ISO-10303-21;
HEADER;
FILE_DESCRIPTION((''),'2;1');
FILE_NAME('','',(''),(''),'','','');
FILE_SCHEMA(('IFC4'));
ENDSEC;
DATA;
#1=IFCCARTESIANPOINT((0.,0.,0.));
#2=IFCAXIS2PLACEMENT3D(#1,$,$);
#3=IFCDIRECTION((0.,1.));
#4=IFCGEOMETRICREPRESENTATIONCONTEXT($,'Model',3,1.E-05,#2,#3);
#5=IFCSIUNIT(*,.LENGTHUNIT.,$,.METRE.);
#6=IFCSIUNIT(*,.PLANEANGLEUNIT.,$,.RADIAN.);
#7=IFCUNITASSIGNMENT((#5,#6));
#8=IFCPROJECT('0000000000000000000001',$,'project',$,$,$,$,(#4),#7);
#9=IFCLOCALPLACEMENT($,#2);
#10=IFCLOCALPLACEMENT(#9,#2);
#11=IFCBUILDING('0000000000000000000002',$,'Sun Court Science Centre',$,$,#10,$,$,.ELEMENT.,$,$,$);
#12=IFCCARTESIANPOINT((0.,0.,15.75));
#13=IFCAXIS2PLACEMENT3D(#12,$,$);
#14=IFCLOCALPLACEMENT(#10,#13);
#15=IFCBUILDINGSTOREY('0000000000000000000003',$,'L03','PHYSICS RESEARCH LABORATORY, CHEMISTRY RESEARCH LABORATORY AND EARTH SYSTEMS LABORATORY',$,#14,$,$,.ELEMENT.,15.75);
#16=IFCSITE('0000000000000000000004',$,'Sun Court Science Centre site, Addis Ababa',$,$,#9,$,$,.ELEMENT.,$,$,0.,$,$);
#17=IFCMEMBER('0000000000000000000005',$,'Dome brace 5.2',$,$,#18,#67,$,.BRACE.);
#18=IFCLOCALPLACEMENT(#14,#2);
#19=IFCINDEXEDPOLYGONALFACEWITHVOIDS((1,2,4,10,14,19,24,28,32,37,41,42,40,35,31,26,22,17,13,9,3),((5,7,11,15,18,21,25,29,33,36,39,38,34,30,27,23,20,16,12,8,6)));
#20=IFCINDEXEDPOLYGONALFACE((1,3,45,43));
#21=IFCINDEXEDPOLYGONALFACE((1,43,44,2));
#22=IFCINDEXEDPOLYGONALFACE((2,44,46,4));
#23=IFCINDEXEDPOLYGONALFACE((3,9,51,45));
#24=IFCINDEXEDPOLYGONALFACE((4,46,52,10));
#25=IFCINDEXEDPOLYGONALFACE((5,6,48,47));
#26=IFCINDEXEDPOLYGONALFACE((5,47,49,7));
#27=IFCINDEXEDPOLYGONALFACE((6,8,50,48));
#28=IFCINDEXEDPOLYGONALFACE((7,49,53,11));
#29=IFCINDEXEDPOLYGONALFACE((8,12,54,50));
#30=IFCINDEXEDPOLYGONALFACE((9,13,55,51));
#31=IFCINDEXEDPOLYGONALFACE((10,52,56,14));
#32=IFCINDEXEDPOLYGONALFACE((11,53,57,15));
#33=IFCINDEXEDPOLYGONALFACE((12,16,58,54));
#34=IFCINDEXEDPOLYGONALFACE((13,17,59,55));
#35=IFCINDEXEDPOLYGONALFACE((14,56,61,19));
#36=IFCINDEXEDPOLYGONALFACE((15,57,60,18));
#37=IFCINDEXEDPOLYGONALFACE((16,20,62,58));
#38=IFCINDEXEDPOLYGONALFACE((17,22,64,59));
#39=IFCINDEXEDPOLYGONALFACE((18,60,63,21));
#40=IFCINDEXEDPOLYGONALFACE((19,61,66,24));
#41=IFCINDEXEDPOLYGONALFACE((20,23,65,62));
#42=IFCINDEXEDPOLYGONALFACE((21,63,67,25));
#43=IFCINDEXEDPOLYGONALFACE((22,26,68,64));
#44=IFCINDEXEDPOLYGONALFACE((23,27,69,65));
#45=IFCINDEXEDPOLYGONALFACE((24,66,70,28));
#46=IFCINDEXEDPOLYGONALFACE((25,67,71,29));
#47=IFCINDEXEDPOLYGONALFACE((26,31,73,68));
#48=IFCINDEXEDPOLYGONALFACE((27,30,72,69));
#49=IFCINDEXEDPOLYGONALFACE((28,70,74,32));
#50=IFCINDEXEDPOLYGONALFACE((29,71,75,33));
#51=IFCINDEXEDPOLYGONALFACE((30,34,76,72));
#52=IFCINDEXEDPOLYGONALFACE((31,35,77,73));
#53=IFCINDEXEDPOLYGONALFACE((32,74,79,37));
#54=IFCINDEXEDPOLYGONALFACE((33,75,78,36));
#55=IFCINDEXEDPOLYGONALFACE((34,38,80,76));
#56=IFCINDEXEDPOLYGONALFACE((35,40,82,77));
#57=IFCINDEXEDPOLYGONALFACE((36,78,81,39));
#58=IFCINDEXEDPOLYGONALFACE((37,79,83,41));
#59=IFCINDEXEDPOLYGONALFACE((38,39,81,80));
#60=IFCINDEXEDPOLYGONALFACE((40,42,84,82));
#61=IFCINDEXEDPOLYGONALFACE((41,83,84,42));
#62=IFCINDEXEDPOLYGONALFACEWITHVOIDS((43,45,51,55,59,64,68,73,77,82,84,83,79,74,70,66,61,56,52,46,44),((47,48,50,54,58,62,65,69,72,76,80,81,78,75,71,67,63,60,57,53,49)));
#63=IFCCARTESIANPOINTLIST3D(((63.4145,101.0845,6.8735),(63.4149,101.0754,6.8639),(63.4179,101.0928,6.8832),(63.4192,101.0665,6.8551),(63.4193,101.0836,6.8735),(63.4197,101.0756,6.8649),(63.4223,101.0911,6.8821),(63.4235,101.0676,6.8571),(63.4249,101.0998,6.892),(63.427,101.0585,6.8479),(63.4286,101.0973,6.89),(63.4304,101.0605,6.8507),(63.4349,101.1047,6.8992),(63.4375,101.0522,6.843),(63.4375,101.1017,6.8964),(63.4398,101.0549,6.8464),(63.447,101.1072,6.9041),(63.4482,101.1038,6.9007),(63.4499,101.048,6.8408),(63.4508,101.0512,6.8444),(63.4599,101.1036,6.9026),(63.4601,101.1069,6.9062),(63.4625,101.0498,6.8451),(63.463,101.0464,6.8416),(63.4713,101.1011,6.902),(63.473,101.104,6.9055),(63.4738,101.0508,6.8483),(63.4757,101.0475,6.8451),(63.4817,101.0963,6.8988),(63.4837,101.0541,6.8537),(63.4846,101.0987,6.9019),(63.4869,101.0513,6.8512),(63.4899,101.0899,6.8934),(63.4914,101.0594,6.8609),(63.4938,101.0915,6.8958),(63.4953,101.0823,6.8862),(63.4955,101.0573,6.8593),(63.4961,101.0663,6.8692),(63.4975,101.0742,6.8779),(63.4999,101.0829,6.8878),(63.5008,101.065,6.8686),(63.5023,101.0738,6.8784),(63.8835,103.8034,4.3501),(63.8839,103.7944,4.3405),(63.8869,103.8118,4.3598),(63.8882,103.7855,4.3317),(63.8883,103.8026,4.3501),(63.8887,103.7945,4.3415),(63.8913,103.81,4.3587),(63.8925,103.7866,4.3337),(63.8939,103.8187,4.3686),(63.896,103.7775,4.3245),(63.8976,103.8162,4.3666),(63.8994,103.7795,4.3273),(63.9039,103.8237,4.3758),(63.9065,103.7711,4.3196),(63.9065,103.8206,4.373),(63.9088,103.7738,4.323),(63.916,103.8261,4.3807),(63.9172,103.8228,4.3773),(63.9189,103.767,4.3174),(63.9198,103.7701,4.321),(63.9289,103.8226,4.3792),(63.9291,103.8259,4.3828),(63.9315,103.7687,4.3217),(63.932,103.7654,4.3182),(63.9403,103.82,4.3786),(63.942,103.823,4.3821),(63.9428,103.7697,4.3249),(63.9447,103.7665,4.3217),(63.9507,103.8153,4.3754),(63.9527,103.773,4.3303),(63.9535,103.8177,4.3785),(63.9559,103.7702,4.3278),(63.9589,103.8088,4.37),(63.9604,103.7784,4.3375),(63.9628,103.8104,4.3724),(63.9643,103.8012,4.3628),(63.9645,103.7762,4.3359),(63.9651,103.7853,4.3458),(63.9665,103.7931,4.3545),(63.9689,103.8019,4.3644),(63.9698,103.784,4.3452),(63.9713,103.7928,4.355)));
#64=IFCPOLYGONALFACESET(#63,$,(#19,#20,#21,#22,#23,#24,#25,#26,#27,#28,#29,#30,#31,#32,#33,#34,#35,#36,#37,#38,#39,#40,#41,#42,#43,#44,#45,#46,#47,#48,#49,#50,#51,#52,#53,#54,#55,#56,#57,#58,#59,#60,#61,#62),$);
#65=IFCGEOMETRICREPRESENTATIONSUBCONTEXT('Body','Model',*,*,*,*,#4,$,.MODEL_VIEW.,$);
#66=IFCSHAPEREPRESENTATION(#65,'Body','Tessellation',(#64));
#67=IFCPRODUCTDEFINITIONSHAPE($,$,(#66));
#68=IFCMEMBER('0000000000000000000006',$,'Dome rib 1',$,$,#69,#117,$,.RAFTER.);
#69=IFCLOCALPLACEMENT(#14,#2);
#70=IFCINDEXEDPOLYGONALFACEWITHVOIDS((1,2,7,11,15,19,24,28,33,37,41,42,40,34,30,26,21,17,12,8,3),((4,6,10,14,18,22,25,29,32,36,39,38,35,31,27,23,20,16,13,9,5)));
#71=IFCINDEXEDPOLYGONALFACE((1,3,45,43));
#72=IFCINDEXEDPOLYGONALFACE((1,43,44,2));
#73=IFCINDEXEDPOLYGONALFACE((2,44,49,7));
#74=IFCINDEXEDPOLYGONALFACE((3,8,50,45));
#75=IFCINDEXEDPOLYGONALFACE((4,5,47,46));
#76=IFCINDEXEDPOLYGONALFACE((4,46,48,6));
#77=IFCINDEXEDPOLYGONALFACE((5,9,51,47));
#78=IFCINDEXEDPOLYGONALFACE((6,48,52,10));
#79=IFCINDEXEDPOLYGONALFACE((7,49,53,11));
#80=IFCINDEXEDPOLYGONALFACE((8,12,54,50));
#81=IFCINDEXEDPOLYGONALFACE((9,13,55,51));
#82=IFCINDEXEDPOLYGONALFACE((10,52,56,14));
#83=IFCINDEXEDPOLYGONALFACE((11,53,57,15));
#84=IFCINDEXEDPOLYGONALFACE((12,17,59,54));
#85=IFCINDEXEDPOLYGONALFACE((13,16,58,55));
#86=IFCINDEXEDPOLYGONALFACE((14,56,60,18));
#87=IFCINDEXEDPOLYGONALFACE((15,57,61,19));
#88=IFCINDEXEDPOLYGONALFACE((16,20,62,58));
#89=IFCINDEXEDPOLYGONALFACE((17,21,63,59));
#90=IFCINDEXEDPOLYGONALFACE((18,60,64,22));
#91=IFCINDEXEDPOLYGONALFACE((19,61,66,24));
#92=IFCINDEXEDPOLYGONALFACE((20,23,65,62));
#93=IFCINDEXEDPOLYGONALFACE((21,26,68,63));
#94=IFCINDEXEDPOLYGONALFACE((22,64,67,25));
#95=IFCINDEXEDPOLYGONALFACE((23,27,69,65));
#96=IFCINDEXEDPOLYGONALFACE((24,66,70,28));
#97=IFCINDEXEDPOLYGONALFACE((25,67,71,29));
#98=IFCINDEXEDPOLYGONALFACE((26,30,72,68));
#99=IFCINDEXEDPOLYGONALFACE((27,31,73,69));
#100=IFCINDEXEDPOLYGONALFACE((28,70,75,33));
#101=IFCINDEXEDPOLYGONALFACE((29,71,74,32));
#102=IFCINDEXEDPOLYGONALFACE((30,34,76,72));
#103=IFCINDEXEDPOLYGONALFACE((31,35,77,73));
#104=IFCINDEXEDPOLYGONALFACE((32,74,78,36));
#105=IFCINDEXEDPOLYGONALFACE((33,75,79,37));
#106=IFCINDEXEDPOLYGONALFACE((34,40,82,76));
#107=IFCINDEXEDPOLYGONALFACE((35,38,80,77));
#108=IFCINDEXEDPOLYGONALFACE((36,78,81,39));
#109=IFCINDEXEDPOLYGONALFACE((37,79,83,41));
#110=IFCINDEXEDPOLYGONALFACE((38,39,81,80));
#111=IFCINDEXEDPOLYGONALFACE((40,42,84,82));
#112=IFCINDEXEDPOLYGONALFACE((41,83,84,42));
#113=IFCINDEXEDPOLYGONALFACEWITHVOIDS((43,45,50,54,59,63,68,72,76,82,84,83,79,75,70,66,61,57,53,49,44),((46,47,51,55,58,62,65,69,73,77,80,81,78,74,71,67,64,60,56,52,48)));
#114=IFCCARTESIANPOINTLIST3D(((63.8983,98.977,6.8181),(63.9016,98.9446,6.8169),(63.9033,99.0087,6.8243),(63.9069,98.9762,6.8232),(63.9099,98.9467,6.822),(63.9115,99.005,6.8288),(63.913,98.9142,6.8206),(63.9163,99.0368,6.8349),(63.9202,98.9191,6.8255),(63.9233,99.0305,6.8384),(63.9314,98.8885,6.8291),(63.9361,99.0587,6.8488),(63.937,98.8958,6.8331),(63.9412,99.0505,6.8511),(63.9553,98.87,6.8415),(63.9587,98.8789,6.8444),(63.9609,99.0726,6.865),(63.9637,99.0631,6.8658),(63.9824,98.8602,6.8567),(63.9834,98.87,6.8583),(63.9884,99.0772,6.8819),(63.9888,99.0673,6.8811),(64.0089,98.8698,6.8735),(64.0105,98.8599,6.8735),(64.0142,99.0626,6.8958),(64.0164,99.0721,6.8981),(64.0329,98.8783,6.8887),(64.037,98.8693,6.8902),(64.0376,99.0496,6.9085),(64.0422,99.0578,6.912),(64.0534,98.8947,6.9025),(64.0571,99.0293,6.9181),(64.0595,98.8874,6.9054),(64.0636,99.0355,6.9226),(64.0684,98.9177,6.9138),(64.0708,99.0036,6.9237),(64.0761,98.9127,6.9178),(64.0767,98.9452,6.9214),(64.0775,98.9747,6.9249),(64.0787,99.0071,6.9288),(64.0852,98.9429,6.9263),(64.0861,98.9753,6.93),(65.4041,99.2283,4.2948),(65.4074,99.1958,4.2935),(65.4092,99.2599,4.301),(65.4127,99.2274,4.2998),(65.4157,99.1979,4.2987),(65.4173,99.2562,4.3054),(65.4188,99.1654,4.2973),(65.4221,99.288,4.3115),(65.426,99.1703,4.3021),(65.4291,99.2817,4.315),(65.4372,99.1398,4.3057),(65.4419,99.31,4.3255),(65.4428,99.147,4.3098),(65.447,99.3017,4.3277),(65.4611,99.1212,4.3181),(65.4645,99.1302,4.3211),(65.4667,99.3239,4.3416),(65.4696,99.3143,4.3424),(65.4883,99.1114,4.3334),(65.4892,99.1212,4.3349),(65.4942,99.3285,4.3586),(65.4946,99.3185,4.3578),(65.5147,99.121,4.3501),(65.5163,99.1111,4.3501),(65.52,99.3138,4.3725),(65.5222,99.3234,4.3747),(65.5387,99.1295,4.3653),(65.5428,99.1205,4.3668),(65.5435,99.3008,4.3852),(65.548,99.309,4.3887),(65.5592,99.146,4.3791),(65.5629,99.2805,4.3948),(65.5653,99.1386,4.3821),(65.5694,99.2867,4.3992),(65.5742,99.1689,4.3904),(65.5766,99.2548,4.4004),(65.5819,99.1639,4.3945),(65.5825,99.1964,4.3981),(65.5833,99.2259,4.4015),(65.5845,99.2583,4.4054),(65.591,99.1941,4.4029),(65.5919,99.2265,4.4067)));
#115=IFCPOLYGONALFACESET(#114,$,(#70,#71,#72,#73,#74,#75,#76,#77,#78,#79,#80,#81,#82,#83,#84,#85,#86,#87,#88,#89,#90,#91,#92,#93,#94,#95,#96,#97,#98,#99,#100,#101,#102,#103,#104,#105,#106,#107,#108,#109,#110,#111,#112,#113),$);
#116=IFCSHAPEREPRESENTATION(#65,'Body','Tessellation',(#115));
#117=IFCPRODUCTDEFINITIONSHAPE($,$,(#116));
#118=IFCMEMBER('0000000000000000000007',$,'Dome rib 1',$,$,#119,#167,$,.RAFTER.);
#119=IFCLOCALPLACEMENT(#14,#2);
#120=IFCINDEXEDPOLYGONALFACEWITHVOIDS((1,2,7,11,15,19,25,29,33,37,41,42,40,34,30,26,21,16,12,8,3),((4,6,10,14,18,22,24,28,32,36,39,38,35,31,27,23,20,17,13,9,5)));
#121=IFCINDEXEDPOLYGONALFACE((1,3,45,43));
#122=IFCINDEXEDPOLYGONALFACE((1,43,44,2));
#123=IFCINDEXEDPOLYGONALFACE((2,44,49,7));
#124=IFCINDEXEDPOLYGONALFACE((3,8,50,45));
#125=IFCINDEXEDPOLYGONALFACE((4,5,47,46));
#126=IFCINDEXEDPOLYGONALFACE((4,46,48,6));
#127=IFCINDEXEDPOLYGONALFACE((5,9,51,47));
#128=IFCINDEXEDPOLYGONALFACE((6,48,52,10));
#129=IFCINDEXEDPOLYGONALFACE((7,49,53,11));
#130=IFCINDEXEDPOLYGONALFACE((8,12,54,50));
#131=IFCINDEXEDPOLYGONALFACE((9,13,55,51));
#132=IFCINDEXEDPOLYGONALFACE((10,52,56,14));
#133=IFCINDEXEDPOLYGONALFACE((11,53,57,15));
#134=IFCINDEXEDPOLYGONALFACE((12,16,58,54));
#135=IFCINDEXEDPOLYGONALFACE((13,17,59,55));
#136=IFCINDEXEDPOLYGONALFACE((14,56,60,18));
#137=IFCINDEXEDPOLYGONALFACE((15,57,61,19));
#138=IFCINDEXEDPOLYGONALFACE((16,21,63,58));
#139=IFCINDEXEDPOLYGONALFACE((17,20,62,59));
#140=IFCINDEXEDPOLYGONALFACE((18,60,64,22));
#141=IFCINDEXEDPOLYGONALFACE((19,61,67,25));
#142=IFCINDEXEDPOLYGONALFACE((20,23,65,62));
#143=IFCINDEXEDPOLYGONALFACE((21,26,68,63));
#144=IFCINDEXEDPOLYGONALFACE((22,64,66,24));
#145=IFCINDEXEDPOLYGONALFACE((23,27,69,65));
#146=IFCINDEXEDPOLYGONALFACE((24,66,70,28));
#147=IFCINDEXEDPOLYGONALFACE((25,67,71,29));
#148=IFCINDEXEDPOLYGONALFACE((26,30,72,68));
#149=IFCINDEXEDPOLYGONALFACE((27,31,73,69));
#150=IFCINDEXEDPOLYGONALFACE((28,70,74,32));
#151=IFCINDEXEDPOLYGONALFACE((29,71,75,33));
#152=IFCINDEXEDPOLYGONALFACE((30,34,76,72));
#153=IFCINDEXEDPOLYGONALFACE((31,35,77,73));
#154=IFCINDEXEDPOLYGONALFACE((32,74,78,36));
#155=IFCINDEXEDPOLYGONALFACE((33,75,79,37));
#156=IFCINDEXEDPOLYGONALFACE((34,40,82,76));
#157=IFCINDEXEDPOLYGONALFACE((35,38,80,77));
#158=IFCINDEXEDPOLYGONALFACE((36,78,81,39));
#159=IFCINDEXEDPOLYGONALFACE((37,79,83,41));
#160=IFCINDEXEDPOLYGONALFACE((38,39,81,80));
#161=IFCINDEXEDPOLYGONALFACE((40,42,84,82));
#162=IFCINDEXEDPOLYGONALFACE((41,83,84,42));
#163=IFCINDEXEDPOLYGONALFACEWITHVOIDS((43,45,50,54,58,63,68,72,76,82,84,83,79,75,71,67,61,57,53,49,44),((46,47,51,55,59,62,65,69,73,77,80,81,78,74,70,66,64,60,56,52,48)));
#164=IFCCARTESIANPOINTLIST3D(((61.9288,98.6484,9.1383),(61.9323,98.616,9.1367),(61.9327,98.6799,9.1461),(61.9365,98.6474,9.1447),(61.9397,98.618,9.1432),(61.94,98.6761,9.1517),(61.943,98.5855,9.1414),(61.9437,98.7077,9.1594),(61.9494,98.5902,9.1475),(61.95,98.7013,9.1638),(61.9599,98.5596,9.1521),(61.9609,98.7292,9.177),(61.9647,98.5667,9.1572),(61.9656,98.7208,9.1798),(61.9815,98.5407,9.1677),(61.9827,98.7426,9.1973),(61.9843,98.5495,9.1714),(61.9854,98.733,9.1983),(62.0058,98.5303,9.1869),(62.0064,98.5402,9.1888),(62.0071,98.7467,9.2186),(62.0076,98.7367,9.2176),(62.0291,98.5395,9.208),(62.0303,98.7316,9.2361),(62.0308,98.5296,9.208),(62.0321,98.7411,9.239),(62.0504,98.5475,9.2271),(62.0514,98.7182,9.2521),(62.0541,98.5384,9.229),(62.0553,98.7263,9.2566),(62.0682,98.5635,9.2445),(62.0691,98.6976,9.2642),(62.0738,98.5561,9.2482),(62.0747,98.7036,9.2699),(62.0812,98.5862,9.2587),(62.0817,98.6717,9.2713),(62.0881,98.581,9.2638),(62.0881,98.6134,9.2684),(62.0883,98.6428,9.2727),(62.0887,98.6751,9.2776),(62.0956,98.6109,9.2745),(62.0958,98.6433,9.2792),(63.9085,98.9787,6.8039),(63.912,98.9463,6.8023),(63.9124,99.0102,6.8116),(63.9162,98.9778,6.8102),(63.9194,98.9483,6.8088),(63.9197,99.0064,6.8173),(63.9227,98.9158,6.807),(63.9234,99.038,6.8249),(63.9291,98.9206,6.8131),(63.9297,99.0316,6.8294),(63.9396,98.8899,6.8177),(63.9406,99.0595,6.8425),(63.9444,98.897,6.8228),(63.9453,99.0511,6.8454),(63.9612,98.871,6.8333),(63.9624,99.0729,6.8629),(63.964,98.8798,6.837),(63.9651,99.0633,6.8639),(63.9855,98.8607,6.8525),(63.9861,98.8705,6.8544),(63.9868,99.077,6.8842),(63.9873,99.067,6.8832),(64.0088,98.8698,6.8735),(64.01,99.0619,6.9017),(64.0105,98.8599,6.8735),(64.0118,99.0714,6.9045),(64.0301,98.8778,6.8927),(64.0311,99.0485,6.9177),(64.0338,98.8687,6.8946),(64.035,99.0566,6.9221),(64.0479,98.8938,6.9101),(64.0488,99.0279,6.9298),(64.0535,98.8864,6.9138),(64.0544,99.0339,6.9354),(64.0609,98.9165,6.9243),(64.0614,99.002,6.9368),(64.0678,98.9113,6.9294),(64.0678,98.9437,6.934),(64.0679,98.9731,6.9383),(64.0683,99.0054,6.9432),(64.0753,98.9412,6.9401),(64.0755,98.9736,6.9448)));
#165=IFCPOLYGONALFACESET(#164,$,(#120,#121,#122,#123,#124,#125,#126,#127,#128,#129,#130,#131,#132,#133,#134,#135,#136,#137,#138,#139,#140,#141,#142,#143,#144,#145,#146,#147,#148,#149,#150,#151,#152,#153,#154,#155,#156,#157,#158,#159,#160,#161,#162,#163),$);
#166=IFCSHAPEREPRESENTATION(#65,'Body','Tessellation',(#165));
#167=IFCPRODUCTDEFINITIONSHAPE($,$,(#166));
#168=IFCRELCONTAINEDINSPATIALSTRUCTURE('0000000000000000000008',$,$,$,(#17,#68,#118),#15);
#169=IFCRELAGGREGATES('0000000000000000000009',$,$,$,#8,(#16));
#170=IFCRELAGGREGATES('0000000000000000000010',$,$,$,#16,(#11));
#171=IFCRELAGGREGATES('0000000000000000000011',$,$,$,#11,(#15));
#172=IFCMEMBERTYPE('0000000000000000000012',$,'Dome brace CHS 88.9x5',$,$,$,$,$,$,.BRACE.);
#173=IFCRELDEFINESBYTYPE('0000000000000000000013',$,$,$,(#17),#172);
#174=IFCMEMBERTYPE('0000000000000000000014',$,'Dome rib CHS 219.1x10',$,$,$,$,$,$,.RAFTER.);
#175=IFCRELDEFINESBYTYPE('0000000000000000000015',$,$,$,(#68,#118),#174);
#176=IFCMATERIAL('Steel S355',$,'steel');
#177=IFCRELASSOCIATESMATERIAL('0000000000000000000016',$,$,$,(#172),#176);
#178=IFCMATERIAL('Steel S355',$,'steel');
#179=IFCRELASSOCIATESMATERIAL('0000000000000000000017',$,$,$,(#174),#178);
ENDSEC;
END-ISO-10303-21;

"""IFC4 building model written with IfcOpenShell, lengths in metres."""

from ifc_helpers import new_model, si_unit, direction, frame, origin, origin_2d, place, context, subcontext, project, spatial, hollow_circle, extrude, material, material_profile, profile_set, type_object, element, save


model = new_model("IFC4")

# Units and contexts
model_context = context("Model", 3, precision=1e-05, world=origin(), true_north=direction((0.0, 1.0)))
body_context = subcontext(model_context, "Body", "Model", "MODEL_VIEW")
ifc_project = project(units=[si_unit("LENGTHUNIT", "METRE"), si_unit("PLANEANGLEUNIT", "RADIAN")], contexts=[model_context])

# Site, building, storey
site_placement = place(None, origin())
site = spatial("IfcSite", under=ifc_project, at=site_placement, Name="Sun Court Science Centre site, Addis Ababa", CompositionType="ELEMENT", RefElevation=0.0)
building_placement = place(site_placement, origin())
building = spatial("IfcBuilding", under=site, at=building_placement, Name="Sun Court Science Centre", CompositionType="ELEMENT")
storey_placement = place(building_placement, frame((0.0, 0.0, 15.75)))
storey = spatial("IfcBuildingStorey", under=building, at=storey_placement, Name="L03", Description="PHYSICS RESEARCH LABORATORY, CHEMISTRY RESEARCH LABORATORY AND EARTH SYSTEMS LABORATORY", CompositionType="ELEMENT", Elevation=15.75)

# Members
ifc_material_1 = material(Name="Steel S355", Category="steel")
ifc_material_profile_1 = material_profile(ifc_material_1, hollow_circle(Radius=0.0444, WallThickness=0.0049, at=origin_2d()), Name="CHS 88.9x5")
ifc_profile_set_1 = profile_set([ifc_material_profile_1], Name="Steel S355")
member_type_1 = type_object("IfcMemberType", Name="Dome brace CHS 88.9x5", PredefinedType="BRACE", material=ifc_profile_set_1)
member_1_placement = place(storey_placement, frame((63.4583, 101.0769, 6.8735), z_axis=(0.125431, 0.727185, -0.674884), x_axis=(-0.985448, 0.169978, 0.0)))
element("IfcMember", 1, at=member_1_placement, inside=storey, type_object=member_type_1, Name="Dome brace 5.2", PredefinedType="BRACE", context=body_context, shape_type="SweptSolid", body=[
    extrude(hollow_circle(Radius=0.0444, WallThickness=0.0049, at=origin_2d()), origin(), (0.0, 0.0, 1.0), 3.739),
])
ifc_material_2 = material(Name="Steel S355", Category="steel")
ifc_material_profile_2 = material_profile(ifc_material_2, hollow_circle(Radius=0.1096, WallThickness=0.01, at=origin_2d()), Name="CHS 219.1x10")
ifc_profile_set_2 = profile_set([ifc_material_profile_2], Name="Steel S355")
member_type_2 = type_object("IfcMemberType", Name="Dome rib CHS 219.1x10", PredefinedType="RAFTER", material=ifc_profile_set_2)
member_2_placement = place(storey_placement, frame((65.4983, 99.2192, 4.3501), z_axis=(-0.510579, -0.085179, 0.855601), x_axis=(0.164555, -0.986368, 0.0)))
element("IfcMember", 2, at=member_2_placement, inside=storey, type_object=member_type_2, Name="Dome rib 1", PredefinedType="RAFTER", context=body_context, shape_type="SweptSolid", body=[
    extrude(hollow_circle(Radius=0.1096, WallThickness=0.01, at=origin_2d()), origin(), (0.0, 0.0, 1.0), 2.9492),
])
member_3_placement = place(storey_placement, frame((63.9924, 98.968, 6.8735), z_axis=(-0.643048, -0.107294, 0.758272), x_axis=(0.164577, -0.986364, 0.0)))
element("IfcMember", 3, at=member_3_placement, inside=storey, type_object=member_type_2, Name="Dome rib 1", PredefinedType="RAFTER", context=body_context, shape_type="SweptSolid", body=[
    extrude(hollow_circle(Radius=0.1096, WallThickness=0.01, at=origin_2d()), origin(), (0.0, 0.0, 1.0), 3.0786),
])

save(model, "model.ifc")
